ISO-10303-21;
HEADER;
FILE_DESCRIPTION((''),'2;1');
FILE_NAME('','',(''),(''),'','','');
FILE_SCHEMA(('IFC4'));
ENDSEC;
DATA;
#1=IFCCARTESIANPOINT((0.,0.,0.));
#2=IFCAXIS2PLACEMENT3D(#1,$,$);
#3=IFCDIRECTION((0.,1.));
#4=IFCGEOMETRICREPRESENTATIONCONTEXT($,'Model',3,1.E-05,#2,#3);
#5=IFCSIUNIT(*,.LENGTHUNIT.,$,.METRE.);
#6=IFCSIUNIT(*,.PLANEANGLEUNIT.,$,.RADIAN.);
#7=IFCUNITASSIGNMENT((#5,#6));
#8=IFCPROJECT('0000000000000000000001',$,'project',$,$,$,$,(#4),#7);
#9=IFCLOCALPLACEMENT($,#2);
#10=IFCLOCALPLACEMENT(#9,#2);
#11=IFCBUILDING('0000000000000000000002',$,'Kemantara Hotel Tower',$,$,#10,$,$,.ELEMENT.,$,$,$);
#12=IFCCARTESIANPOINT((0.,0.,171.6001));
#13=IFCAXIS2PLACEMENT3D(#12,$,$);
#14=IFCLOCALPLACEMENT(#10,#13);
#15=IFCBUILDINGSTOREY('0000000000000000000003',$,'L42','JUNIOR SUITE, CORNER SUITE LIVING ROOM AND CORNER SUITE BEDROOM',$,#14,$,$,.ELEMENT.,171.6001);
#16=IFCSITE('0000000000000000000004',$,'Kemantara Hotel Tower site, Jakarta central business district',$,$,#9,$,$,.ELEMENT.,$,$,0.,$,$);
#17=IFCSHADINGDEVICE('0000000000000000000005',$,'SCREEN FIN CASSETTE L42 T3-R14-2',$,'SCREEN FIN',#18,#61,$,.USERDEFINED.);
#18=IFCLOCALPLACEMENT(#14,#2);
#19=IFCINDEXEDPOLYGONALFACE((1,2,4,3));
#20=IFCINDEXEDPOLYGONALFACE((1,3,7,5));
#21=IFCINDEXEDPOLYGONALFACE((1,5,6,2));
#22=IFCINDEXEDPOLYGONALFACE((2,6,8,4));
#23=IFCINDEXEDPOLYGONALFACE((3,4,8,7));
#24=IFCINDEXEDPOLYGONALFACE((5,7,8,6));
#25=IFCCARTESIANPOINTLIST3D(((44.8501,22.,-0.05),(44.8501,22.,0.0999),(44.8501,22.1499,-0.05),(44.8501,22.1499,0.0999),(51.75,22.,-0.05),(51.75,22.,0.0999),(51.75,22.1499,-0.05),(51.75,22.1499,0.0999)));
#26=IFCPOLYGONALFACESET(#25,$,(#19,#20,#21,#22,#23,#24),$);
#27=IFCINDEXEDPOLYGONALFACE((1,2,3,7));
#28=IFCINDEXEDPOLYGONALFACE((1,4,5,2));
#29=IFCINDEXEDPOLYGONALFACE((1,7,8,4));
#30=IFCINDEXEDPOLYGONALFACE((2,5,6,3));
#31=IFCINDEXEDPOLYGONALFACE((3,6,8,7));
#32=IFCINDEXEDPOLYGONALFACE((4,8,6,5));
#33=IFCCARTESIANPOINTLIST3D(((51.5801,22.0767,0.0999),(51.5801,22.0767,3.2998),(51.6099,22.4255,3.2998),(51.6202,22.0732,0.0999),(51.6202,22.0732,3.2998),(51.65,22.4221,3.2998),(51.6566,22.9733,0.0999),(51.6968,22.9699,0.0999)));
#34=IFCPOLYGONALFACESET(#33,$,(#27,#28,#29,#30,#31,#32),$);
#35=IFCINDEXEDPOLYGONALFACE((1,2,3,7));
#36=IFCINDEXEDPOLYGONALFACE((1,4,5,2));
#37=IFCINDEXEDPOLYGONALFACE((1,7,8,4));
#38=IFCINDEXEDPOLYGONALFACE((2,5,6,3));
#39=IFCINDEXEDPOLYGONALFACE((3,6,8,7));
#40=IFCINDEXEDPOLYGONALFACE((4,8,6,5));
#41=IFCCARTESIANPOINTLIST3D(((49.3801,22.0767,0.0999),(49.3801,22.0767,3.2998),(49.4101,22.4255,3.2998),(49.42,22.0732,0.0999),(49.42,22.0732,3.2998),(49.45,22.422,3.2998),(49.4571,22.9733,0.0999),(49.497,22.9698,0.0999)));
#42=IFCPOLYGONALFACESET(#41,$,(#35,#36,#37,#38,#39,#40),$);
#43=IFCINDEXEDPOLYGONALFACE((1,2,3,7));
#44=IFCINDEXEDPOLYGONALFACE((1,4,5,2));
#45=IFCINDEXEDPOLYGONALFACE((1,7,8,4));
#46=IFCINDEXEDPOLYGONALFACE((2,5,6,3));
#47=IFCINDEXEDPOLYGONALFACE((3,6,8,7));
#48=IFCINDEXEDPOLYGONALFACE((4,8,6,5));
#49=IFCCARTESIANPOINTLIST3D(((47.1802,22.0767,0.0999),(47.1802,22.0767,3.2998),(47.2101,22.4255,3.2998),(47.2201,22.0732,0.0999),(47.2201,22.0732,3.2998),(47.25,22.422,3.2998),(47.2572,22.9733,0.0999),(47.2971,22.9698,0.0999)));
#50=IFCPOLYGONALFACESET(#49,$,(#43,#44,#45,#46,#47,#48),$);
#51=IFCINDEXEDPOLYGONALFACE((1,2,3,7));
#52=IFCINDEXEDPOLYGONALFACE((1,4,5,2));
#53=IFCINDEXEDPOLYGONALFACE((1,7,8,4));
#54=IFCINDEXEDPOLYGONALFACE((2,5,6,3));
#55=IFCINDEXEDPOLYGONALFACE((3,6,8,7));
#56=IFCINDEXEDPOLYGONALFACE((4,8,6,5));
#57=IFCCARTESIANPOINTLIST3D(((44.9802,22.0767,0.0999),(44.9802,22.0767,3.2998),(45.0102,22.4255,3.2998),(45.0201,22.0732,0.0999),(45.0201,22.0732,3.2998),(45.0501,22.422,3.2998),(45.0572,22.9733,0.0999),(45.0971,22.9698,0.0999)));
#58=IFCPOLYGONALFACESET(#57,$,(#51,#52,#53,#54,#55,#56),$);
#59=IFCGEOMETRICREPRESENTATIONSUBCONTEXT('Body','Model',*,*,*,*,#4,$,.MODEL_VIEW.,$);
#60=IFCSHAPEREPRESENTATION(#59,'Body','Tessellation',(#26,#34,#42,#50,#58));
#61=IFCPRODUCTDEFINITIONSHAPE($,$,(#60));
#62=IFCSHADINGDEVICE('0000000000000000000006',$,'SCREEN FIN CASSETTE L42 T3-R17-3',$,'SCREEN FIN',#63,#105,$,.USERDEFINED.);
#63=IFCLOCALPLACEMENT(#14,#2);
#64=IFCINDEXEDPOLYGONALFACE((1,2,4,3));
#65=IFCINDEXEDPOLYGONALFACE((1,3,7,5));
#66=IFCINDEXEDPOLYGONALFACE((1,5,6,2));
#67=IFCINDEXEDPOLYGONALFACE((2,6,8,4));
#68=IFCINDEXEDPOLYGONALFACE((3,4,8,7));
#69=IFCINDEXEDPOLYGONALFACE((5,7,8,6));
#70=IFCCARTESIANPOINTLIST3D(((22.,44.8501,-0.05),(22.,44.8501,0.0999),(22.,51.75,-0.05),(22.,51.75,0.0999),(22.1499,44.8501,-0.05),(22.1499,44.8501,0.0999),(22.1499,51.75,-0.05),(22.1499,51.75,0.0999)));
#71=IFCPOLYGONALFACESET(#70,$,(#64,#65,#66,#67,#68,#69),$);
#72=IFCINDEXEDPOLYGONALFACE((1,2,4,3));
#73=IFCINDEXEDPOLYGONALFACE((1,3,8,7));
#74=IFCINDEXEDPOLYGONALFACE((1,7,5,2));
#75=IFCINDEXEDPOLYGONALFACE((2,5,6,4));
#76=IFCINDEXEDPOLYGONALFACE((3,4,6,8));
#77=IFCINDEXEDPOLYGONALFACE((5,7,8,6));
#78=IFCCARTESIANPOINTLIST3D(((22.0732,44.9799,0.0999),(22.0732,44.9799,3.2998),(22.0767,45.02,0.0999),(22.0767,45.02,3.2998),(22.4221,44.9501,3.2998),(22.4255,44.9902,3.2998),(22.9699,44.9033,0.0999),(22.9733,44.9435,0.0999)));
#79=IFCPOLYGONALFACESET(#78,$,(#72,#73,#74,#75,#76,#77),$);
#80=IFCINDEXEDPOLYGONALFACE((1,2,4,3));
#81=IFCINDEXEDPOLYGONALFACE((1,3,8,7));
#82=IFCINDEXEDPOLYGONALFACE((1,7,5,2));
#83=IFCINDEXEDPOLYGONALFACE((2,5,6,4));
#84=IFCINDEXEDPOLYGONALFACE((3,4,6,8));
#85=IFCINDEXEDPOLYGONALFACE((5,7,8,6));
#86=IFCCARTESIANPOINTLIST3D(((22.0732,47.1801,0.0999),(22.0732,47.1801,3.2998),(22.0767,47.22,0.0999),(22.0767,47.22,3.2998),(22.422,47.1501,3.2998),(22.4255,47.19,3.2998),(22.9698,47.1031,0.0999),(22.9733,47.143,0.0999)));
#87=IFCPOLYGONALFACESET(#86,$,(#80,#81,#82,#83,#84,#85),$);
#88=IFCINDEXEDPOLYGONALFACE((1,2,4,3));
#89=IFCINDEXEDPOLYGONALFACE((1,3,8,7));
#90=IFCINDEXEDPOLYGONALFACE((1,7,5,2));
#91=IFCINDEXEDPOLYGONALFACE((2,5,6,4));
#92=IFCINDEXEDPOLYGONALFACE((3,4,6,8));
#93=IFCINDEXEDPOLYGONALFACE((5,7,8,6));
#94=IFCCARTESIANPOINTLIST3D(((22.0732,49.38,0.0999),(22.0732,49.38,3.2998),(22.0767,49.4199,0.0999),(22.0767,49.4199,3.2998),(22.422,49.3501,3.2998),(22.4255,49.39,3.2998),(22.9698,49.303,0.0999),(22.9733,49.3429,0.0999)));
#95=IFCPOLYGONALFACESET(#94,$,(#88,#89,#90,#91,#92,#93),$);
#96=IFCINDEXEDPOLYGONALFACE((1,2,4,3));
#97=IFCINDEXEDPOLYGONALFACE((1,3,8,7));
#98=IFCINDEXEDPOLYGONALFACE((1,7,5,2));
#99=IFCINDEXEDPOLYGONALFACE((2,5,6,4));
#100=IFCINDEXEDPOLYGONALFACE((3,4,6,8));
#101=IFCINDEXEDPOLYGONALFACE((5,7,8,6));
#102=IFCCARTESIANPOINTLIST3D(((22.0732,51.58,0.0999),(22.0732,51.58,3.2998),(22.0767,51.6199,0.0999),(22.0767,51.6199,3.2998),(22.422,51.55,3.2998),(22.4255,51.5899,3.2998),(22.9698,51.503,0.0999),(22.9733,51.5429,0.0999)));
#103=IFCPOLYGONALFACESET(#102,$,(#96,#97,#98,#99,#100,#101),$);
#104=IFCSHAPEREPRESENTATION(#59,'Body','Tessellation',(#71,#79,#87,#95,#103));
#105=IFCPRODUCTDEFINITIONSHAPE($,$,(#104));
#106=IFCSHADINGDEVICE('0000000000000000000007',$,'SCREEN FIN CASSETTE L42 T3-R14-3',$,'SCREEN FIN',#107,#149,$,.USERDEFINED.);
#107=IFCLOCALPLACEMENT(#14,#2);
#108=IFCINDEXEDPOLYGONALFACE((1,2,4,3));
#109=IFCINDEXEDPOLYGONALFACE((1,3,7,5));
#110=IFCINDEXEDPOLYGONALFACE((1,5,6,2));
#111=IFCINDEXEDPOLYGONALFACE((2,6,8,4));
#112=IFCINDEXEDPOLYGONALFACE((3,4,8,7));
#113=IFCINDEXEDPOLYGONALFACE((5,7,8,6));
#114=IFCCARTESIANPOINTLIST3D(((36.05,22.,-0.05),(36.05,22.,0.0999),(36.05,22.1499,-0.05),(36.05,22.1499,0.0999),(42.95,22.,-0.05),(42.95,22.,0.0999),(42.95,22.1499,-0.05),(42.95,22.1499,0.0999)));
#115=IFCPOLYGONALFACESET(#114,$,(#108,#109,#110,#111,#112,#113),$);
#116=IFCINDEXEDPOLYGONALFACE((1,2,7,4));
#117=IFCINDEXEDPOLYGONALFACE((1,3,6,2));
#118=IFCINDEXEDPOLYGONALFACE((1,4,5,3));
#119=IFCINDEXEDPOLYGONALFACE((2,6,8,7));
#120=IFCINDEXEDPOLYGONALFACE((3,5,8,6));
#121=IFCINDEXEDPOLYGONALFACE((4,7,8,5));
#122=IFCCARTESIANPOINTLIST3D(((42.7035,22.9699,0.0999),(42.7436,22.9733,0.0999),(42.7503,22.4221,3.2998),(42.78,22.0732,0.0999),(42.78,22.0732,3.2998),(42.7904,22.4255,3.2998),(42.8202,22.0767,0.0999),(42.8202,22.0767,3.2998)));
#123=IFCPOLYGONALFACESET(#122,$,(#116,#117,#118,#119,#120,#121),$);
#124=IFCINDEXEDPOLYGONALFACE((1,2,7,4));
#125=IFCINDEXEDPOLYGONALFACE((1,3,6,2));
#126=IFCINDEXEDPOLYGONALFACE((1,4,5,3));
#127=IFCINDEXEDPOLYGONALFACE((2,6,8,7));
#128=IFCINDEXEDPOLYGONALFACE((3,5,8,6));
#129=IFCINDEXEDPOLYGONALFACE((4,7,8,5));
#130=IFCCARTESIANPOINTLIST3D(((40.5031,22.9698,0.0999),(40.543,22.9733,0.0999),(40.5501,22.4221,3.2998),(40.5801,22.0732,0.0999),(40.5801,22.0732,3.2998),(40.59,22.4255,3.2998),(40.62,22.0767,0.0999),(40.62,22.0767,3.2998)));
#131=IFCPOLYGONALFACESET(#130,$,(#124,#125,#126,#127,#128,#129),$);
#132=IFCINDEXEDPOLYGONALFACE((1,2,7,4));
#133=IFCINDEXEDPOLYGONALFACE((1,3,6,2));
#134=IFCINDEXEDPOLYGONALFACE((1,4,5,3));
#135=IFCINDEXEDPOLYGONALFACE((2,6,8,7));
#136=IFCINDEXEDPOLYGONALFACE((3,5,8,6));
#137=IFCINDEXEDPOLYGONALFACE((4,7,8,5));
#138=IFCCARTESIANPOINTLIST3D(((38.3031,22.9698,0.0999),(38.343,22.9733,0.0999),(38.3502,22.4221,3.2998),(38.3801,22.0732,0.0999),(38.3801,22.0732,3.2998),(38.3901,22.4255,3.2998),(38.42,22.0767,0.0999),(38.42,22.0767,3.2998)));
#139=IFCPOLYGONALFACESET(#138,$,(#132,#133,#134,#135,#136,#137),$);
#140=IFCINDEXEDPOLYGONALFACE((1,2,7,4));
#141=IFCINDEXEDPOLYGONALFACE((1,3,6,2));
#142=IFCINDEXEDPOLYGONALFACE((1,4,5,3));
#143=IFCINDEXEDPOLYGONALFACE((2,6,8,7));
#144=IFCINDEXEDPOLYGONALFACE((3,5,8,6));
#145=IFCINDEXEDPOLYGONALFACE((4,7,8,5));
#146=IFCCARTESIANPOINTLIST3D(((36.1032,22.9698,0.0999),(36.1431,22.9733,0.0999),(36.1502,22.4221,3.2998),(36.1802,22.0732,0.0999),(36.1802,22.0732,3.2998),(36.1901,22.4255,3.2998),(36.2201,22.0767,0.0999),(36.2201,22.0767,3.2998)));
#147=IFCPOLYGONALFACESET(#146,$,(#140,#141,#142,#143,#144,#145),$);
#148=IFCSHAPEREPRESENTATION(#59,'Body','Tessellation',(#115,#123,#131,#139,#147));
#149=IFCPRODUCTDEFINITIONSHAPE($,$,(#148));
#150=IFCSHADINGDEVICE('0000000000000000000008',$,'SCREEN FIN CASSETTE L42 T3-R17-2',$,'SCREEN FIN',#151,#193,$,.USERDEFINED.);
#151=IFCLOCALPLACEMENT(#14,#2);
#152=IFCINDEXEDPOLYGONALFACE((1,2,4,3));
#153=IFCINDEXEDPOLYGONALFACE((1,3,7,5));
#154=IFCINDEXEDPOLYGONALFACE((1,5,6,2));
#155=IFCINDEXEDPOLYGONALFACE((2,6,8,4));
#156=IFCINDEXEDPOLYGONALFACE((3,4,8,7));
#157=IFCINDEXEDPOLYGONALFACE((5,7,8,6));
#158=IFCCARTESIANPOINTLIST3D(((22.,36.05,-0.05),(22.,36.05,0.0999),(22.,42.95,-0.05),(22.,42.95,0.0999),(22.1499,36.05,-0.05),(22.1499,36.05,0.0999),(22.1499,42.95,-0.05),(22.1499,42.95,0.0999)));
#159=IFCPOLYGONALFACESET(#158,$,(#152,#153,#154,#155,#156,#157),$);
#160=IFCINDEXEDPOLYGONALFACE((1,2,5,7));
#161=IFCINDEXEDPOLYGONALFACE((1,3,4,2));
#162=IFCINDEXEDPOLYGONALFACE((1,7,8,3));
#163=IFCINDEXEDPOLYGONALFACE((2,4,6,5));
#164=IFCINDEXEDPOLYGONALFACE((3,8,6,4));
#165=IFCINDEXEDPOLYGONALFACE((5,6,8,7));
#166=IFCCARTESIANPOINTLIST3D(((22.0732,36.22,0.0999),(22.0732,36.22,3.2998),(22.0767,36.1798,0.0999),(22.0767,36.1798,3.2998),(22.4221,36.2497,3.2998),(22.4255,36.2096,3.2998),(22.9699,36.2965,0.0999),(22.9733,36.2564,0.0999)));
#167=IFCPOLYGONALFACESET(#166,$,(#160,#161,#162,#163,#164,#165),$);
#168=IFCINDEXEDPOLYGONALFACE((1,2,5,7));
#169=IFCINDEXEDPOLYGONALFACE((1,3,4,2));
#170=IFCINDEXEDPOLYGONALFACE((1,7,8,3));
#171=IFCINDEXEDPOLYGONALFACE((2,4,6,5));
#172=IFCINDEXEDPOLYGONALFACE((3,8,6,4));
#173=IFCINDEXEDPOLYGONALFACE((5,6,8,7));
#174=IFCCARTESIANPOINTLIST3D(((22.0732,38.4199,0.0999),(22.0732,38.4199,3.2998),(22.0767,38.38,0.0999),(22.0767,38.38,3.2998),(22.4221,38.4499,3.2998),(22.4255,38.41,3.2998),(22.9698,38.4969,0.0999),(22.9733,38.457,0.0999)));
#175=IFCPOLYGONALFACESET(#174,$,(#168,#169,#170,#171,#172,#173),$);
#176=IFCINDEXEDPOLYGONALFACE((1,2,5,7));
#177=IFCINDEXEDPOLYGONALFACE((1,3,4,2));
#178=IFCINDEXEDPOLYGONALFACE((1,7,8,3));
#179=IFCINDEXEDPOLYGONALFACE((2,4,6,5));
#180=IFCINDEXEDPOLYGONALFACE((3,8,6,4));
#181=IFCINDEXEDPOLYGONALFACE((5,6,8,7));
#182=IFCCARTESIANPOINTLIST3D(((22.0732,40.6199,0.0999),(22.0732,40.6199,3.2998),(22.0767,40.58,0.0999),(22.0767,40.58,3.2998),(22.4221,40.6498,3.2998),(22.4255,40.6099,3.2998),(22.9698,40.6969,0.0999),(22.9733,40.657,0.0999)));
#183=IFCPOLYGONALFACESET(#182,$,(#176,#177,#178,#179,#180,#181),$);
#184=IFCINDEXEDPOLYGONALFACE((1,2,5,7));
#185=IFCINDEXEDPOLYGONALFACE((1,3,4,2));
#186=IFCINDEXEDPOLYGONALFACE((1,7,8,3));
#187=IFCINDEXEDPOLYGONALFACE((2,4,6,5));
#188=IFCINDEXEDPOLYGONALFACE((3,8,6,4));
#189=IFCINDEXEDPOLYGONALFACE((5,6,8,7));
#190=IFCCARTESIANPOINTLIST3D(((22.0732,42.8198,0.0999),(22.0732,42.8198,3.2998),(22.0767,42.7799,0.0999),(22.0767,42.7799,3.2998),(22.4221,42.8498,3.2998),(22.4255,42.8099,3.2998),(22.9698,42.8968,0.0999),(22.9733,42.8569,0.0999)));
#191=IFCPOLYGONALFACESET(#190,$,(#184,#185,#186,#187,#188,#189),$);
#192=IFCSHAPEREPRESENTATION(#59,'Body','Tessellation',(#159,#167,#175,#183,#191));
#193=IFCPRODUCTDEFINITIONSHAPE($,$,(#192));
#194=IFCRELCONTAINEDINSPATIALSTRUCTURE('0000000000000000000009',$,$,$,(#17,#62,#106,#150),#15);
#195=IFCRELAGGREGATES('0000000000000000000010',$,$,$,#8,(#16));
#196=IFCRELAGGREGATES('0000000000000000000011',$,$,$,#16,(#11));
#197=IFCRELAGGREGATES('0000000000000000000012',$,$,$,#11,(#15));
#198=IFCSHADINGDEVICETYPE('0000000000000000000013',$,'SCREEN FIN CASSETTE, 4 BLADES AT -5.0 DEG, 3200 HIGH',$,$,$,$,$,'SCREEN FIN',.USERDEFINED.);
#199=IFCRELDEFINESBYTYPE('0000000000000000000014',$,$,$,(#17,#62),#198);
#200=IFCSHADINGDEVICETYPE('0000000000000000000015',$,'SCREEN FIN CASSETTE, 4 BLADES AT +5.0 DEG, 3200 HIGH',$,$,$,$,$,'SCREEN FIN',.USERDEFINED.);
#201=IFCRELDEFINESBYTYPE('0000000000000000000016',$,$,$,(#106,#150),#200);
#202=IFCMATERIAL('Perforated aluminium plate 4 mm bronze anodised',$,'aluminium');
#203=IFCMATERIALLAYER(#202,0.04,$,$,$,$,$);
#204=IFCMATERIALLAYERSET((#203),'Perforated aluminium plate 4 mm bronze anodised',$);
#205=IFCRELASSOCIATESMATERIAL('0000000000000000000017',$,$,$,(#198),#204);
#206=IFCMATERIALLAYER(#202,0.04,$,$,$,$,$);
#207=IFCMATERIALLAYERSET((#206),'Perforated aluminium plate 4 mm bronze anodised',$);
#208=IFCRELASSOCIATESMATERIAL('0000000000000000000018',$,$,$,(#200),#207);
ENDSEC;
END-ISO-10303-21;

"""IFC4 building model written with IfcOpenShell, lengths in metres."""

from ifc_helpers import new_model, si_unit, direction, frame, origin, origin_2d, place, context, subcontext, project, spatial, polyline, rectangle, outline, extrude, source, transform, mapped, material, layer, layer_set, type_object, element, save


model = new_model("IFC4")

# Units and contexts
model_context = context("Model", 3, precision=1e-05, world=origin(), true_north=direction((0.0, 1.0)))
body_context = subcontext(model_context, "Body", "Model", "MODEL_VIEW")
ifc_project = project(units=[si_unit("LENGTHUNIT", "METRE"), si_unit("PLANEANGLEUNIT", "RADIAN")], contexts=[model_context])

# Site, building, storey
site_placement = place(None, origin())
site = spatial("IfcSite", under=ifc_project, at=site_placement, Name="Kemantara Hotel Tower site, Jakarta central business district", CompositionType="ELEMENT", RefElevation=0.0)
building_placement = place(site_placement, origin())
building = spatial("IfcBuilding", under=site, at=building_placement, Name="Kemantara Hotel Tower", CompositionType="ELEMENT")
storey_placement = place(building_placement, frame((0.0, 0.0, 171.6001)))
storey = spatial("IfcBuildingStorey", under=building, at=storey_placement, Name="L42", Description="JUNIOR SUITE, CORNER SUITE LIVING ROOM AND CORNER SUITE BEDROOM", CompositionType="ELEMENT", Elevation=171.6001)

# Shading devices
ifc_material_1 = material(Name="Perforated aluminium plate 4 mm bronze anodised", Category="aluminium")
ifc_layer_1 = layer(ifc_material_1, 0.04)
ifc_layer_set_1 = layer_set([ifc_layer_1], Name="Perforated aluminium plate 4 mm bronze anodised")
shading_device_type_1 = type_object("IfcShadingDeviceType", Name="SCREEN FIN CASSETTE, 4 BLADES AT -5.0 DEG, 3200 HIGH", ElementType="SCREEN FIN", PredefinedType="USERDEFINED", material=ifc_layer_set_1)
shared_shape_1 = source(origin(), body_context, "Body", "SweptSolid", [
    extrude(rectangle(XDim=6.8999, YDim=0.1499, at=origin_2d()), frame((3.3, -0.075, -0.1499), z_axis=(0.0, 0.0, 1.0), x_axis=(1.0, 0.0, 0.0)), (0.0, 0.0, 1.0), 0.1499),
    extrude(outline(polyline([(0.0, 0.0), (0.8999, 0.0), (0.3501, 3.2), (0.0, 3.2), (0.0, 0.0)])), frame((0.02, -0.0767, 0.0), z_axis=(-0.996376, 0.085056, 0.0), x_axis=(-0.085056, -0.996376, 0.0)), (0.0, 0.0, 1.0), 0.0403),
    extrude(outline(polyline([(0.0, 0.0), (0.8999, 0.0), (0.3501, 3.2), (0.0, 3.2), (0.0, 0.0)])), frame((2.22, -0.0767, 0.0), z_axis=(-0.996332, 0.085575, 0.0), x_axis=(-0.085575, -0.996332, 0.0)), (0.0, 0.0, 1.0), 0.04),
    extrude(outline(polyline([(0.0, 0.0), (0.8999, 0.0), (0.3501, 3.2), (0.0, 3.2), (0.0, 0.0)])), frame((4.4199, -0.0767, 0.0), z_axis=(-0.996332, 0.085575, 0.0), x_axis=(-0.085575, -0.996332, 0.0)), (0.0, 0.0, 1.0), 0.04),
    extrude(outline(polyline([(0.0, 0.0), (0.8999, 0.0), (0.3501, 3.2), (0.0, 3.2), (0.0, 0.0)])), frame((6.6199, -0.0767, 0.0), z_axis=(-0.996332, 0.085575, 0.0), x_axis=(-0.085575, -0.996332, 0.0)), (0.0, 0.0, 1.0), 0.04),
])
for number, where, z_axis, x_axis, name in (
    (1, (51.6001, 22.0, 0.0999), (0.0, 0.0, 1.0), (-1.0, 0.0, 0.0), "SCREEN FIN CASSETTE L42 T3-R14-2"),
    (2, (22.0, 45.0, 0.0999), (0.0, 0.0, 1.0), (0.0, 1.0, 0.0), "SCREEN FIN CASSETTE L42 T3-R17-3"),
):
    element("IfcShadingDevice", number, at=place(storey_placement, frame(where, z_axis=z_axis, x_axis=x_axis)), inside=storey, type_object=shading_device_type_1, Name=name, ObjectType="SCREEN FIN", PredefinedType="USERDEFINED", context=body_context, shape_type="MappedRepresentation", body=[
        mapped(shared_shape_1, transform((0.0, 0.0, 0.0))),
    ])
ifc_layer_2 = layer(ifc_material_1, 0.04)
ifc_layer_set_2 = layer_set([ifc_layer_2], Name="Perforated aluminium plate 4 mm bronze anodised")
shading_device_type_2 = type_object("IfcShadingDeviceType", Name="SCREEN FIN CASSETTE, 4 BLADES AT +5.0 DEG, 3200 HIGH", ElementType="SCREEN FIN", PredefinedType="USERDEFINED", material=ifc_layer_set_2)
shared_shape_2 = source(origin(), body_context, "Body", "SweptSolid", [
    extrude(rectangle(XDim=6.8999, YDim=0.1499, at=origin_2d()), frame((3.3, -0.075, -0.1499), z_axis=(0.0, 0.0, 1.0), x_axis=(1.0, 0.0, 0.0)), (0.0, 0.0, 1.0), 0.1499),
    extrude(outline(polyline([(0.0, 0.0), (0.8999, 0.0), (0.3501, 3.2), (0.0, 3.2), (0.0, 0.0)])), frame((0.02, -0.0732, 0.0), z_axis=(-0.996376, -0.085056, 0.0), x_axis=(0.085056, -0.996376, 0.0)), (0.0, 0.0, 1.0), 0.0403),
    extrude(outline(polyline([(0.0, 0.0), (0.8999, 0.0), (0.3501, 3.2), (0.0, 3.2), (0.0, 0.0)])), frame((2.22, -0.0732, 0.0), z_axis=(-0.996332, -0.085575, 0.0), x_axis=(0.085575, -0.996332, 0.0)), (0.0, 0.0, 1.0), 0.04),
    extrude(outline(polyline([(0.0, 0.0), (0.8999, 0.0), (0.3501, 3.2), (0.0, 3.2), (0.0, 0.0)])), frame((4.4199, -0.0732, 0.0), z_axis=(-0.996332, -0.085575, 0.0), x_axis=(0.085575, -0.996332, 0.0)), (0.0, 0.0, 1.0), 0.04),
    extrude(outline(polyline([(0.0, 0.0), (0.8999, 0.0), (0.3501, 3.2), (0.0, 3.2), (0.0, 0.0)])), frame((6.6199, -0.0732, 0.0), z_axis=(-0.996332, -0.085575, 0.0), x_axis=(0.085575, -0.996332, 0.0)), (0.0, 0.0, 1.0), 0.04),
])
for number, where, z_axis, x_axis, name in (
    (3, (42.8, 22.0, 0.0999), (0.0, 0.0, 1.0), (-1.0, 0.0, 0.0), "SCREEN FIN CASSETTE L42 T3-R14-3"),
    (4, (22.0, 36.2, 0.0999), (0.0, 0.0, 1.0), (0.0, 1.0, 0.0), "SCREEN FIN CASSETTE L42 T3-R17-2"),
):
    element("IfcShadingDevice", number, at=place(storey_placement, frame(where, z_axis=z_axis, x_axis=x_axis)), inside=storey, type_object=shading_device_type_2, Name=name, ObjectType="SCREEN FIN", PredefinedType="USERDEFINED", context=body_context, shape_type="MappedRepresentation", body=[
        mapped(shared_shape_2, transform((0.0, 0.0, 0.0))),
    ])

save(model, "model.ifc")
